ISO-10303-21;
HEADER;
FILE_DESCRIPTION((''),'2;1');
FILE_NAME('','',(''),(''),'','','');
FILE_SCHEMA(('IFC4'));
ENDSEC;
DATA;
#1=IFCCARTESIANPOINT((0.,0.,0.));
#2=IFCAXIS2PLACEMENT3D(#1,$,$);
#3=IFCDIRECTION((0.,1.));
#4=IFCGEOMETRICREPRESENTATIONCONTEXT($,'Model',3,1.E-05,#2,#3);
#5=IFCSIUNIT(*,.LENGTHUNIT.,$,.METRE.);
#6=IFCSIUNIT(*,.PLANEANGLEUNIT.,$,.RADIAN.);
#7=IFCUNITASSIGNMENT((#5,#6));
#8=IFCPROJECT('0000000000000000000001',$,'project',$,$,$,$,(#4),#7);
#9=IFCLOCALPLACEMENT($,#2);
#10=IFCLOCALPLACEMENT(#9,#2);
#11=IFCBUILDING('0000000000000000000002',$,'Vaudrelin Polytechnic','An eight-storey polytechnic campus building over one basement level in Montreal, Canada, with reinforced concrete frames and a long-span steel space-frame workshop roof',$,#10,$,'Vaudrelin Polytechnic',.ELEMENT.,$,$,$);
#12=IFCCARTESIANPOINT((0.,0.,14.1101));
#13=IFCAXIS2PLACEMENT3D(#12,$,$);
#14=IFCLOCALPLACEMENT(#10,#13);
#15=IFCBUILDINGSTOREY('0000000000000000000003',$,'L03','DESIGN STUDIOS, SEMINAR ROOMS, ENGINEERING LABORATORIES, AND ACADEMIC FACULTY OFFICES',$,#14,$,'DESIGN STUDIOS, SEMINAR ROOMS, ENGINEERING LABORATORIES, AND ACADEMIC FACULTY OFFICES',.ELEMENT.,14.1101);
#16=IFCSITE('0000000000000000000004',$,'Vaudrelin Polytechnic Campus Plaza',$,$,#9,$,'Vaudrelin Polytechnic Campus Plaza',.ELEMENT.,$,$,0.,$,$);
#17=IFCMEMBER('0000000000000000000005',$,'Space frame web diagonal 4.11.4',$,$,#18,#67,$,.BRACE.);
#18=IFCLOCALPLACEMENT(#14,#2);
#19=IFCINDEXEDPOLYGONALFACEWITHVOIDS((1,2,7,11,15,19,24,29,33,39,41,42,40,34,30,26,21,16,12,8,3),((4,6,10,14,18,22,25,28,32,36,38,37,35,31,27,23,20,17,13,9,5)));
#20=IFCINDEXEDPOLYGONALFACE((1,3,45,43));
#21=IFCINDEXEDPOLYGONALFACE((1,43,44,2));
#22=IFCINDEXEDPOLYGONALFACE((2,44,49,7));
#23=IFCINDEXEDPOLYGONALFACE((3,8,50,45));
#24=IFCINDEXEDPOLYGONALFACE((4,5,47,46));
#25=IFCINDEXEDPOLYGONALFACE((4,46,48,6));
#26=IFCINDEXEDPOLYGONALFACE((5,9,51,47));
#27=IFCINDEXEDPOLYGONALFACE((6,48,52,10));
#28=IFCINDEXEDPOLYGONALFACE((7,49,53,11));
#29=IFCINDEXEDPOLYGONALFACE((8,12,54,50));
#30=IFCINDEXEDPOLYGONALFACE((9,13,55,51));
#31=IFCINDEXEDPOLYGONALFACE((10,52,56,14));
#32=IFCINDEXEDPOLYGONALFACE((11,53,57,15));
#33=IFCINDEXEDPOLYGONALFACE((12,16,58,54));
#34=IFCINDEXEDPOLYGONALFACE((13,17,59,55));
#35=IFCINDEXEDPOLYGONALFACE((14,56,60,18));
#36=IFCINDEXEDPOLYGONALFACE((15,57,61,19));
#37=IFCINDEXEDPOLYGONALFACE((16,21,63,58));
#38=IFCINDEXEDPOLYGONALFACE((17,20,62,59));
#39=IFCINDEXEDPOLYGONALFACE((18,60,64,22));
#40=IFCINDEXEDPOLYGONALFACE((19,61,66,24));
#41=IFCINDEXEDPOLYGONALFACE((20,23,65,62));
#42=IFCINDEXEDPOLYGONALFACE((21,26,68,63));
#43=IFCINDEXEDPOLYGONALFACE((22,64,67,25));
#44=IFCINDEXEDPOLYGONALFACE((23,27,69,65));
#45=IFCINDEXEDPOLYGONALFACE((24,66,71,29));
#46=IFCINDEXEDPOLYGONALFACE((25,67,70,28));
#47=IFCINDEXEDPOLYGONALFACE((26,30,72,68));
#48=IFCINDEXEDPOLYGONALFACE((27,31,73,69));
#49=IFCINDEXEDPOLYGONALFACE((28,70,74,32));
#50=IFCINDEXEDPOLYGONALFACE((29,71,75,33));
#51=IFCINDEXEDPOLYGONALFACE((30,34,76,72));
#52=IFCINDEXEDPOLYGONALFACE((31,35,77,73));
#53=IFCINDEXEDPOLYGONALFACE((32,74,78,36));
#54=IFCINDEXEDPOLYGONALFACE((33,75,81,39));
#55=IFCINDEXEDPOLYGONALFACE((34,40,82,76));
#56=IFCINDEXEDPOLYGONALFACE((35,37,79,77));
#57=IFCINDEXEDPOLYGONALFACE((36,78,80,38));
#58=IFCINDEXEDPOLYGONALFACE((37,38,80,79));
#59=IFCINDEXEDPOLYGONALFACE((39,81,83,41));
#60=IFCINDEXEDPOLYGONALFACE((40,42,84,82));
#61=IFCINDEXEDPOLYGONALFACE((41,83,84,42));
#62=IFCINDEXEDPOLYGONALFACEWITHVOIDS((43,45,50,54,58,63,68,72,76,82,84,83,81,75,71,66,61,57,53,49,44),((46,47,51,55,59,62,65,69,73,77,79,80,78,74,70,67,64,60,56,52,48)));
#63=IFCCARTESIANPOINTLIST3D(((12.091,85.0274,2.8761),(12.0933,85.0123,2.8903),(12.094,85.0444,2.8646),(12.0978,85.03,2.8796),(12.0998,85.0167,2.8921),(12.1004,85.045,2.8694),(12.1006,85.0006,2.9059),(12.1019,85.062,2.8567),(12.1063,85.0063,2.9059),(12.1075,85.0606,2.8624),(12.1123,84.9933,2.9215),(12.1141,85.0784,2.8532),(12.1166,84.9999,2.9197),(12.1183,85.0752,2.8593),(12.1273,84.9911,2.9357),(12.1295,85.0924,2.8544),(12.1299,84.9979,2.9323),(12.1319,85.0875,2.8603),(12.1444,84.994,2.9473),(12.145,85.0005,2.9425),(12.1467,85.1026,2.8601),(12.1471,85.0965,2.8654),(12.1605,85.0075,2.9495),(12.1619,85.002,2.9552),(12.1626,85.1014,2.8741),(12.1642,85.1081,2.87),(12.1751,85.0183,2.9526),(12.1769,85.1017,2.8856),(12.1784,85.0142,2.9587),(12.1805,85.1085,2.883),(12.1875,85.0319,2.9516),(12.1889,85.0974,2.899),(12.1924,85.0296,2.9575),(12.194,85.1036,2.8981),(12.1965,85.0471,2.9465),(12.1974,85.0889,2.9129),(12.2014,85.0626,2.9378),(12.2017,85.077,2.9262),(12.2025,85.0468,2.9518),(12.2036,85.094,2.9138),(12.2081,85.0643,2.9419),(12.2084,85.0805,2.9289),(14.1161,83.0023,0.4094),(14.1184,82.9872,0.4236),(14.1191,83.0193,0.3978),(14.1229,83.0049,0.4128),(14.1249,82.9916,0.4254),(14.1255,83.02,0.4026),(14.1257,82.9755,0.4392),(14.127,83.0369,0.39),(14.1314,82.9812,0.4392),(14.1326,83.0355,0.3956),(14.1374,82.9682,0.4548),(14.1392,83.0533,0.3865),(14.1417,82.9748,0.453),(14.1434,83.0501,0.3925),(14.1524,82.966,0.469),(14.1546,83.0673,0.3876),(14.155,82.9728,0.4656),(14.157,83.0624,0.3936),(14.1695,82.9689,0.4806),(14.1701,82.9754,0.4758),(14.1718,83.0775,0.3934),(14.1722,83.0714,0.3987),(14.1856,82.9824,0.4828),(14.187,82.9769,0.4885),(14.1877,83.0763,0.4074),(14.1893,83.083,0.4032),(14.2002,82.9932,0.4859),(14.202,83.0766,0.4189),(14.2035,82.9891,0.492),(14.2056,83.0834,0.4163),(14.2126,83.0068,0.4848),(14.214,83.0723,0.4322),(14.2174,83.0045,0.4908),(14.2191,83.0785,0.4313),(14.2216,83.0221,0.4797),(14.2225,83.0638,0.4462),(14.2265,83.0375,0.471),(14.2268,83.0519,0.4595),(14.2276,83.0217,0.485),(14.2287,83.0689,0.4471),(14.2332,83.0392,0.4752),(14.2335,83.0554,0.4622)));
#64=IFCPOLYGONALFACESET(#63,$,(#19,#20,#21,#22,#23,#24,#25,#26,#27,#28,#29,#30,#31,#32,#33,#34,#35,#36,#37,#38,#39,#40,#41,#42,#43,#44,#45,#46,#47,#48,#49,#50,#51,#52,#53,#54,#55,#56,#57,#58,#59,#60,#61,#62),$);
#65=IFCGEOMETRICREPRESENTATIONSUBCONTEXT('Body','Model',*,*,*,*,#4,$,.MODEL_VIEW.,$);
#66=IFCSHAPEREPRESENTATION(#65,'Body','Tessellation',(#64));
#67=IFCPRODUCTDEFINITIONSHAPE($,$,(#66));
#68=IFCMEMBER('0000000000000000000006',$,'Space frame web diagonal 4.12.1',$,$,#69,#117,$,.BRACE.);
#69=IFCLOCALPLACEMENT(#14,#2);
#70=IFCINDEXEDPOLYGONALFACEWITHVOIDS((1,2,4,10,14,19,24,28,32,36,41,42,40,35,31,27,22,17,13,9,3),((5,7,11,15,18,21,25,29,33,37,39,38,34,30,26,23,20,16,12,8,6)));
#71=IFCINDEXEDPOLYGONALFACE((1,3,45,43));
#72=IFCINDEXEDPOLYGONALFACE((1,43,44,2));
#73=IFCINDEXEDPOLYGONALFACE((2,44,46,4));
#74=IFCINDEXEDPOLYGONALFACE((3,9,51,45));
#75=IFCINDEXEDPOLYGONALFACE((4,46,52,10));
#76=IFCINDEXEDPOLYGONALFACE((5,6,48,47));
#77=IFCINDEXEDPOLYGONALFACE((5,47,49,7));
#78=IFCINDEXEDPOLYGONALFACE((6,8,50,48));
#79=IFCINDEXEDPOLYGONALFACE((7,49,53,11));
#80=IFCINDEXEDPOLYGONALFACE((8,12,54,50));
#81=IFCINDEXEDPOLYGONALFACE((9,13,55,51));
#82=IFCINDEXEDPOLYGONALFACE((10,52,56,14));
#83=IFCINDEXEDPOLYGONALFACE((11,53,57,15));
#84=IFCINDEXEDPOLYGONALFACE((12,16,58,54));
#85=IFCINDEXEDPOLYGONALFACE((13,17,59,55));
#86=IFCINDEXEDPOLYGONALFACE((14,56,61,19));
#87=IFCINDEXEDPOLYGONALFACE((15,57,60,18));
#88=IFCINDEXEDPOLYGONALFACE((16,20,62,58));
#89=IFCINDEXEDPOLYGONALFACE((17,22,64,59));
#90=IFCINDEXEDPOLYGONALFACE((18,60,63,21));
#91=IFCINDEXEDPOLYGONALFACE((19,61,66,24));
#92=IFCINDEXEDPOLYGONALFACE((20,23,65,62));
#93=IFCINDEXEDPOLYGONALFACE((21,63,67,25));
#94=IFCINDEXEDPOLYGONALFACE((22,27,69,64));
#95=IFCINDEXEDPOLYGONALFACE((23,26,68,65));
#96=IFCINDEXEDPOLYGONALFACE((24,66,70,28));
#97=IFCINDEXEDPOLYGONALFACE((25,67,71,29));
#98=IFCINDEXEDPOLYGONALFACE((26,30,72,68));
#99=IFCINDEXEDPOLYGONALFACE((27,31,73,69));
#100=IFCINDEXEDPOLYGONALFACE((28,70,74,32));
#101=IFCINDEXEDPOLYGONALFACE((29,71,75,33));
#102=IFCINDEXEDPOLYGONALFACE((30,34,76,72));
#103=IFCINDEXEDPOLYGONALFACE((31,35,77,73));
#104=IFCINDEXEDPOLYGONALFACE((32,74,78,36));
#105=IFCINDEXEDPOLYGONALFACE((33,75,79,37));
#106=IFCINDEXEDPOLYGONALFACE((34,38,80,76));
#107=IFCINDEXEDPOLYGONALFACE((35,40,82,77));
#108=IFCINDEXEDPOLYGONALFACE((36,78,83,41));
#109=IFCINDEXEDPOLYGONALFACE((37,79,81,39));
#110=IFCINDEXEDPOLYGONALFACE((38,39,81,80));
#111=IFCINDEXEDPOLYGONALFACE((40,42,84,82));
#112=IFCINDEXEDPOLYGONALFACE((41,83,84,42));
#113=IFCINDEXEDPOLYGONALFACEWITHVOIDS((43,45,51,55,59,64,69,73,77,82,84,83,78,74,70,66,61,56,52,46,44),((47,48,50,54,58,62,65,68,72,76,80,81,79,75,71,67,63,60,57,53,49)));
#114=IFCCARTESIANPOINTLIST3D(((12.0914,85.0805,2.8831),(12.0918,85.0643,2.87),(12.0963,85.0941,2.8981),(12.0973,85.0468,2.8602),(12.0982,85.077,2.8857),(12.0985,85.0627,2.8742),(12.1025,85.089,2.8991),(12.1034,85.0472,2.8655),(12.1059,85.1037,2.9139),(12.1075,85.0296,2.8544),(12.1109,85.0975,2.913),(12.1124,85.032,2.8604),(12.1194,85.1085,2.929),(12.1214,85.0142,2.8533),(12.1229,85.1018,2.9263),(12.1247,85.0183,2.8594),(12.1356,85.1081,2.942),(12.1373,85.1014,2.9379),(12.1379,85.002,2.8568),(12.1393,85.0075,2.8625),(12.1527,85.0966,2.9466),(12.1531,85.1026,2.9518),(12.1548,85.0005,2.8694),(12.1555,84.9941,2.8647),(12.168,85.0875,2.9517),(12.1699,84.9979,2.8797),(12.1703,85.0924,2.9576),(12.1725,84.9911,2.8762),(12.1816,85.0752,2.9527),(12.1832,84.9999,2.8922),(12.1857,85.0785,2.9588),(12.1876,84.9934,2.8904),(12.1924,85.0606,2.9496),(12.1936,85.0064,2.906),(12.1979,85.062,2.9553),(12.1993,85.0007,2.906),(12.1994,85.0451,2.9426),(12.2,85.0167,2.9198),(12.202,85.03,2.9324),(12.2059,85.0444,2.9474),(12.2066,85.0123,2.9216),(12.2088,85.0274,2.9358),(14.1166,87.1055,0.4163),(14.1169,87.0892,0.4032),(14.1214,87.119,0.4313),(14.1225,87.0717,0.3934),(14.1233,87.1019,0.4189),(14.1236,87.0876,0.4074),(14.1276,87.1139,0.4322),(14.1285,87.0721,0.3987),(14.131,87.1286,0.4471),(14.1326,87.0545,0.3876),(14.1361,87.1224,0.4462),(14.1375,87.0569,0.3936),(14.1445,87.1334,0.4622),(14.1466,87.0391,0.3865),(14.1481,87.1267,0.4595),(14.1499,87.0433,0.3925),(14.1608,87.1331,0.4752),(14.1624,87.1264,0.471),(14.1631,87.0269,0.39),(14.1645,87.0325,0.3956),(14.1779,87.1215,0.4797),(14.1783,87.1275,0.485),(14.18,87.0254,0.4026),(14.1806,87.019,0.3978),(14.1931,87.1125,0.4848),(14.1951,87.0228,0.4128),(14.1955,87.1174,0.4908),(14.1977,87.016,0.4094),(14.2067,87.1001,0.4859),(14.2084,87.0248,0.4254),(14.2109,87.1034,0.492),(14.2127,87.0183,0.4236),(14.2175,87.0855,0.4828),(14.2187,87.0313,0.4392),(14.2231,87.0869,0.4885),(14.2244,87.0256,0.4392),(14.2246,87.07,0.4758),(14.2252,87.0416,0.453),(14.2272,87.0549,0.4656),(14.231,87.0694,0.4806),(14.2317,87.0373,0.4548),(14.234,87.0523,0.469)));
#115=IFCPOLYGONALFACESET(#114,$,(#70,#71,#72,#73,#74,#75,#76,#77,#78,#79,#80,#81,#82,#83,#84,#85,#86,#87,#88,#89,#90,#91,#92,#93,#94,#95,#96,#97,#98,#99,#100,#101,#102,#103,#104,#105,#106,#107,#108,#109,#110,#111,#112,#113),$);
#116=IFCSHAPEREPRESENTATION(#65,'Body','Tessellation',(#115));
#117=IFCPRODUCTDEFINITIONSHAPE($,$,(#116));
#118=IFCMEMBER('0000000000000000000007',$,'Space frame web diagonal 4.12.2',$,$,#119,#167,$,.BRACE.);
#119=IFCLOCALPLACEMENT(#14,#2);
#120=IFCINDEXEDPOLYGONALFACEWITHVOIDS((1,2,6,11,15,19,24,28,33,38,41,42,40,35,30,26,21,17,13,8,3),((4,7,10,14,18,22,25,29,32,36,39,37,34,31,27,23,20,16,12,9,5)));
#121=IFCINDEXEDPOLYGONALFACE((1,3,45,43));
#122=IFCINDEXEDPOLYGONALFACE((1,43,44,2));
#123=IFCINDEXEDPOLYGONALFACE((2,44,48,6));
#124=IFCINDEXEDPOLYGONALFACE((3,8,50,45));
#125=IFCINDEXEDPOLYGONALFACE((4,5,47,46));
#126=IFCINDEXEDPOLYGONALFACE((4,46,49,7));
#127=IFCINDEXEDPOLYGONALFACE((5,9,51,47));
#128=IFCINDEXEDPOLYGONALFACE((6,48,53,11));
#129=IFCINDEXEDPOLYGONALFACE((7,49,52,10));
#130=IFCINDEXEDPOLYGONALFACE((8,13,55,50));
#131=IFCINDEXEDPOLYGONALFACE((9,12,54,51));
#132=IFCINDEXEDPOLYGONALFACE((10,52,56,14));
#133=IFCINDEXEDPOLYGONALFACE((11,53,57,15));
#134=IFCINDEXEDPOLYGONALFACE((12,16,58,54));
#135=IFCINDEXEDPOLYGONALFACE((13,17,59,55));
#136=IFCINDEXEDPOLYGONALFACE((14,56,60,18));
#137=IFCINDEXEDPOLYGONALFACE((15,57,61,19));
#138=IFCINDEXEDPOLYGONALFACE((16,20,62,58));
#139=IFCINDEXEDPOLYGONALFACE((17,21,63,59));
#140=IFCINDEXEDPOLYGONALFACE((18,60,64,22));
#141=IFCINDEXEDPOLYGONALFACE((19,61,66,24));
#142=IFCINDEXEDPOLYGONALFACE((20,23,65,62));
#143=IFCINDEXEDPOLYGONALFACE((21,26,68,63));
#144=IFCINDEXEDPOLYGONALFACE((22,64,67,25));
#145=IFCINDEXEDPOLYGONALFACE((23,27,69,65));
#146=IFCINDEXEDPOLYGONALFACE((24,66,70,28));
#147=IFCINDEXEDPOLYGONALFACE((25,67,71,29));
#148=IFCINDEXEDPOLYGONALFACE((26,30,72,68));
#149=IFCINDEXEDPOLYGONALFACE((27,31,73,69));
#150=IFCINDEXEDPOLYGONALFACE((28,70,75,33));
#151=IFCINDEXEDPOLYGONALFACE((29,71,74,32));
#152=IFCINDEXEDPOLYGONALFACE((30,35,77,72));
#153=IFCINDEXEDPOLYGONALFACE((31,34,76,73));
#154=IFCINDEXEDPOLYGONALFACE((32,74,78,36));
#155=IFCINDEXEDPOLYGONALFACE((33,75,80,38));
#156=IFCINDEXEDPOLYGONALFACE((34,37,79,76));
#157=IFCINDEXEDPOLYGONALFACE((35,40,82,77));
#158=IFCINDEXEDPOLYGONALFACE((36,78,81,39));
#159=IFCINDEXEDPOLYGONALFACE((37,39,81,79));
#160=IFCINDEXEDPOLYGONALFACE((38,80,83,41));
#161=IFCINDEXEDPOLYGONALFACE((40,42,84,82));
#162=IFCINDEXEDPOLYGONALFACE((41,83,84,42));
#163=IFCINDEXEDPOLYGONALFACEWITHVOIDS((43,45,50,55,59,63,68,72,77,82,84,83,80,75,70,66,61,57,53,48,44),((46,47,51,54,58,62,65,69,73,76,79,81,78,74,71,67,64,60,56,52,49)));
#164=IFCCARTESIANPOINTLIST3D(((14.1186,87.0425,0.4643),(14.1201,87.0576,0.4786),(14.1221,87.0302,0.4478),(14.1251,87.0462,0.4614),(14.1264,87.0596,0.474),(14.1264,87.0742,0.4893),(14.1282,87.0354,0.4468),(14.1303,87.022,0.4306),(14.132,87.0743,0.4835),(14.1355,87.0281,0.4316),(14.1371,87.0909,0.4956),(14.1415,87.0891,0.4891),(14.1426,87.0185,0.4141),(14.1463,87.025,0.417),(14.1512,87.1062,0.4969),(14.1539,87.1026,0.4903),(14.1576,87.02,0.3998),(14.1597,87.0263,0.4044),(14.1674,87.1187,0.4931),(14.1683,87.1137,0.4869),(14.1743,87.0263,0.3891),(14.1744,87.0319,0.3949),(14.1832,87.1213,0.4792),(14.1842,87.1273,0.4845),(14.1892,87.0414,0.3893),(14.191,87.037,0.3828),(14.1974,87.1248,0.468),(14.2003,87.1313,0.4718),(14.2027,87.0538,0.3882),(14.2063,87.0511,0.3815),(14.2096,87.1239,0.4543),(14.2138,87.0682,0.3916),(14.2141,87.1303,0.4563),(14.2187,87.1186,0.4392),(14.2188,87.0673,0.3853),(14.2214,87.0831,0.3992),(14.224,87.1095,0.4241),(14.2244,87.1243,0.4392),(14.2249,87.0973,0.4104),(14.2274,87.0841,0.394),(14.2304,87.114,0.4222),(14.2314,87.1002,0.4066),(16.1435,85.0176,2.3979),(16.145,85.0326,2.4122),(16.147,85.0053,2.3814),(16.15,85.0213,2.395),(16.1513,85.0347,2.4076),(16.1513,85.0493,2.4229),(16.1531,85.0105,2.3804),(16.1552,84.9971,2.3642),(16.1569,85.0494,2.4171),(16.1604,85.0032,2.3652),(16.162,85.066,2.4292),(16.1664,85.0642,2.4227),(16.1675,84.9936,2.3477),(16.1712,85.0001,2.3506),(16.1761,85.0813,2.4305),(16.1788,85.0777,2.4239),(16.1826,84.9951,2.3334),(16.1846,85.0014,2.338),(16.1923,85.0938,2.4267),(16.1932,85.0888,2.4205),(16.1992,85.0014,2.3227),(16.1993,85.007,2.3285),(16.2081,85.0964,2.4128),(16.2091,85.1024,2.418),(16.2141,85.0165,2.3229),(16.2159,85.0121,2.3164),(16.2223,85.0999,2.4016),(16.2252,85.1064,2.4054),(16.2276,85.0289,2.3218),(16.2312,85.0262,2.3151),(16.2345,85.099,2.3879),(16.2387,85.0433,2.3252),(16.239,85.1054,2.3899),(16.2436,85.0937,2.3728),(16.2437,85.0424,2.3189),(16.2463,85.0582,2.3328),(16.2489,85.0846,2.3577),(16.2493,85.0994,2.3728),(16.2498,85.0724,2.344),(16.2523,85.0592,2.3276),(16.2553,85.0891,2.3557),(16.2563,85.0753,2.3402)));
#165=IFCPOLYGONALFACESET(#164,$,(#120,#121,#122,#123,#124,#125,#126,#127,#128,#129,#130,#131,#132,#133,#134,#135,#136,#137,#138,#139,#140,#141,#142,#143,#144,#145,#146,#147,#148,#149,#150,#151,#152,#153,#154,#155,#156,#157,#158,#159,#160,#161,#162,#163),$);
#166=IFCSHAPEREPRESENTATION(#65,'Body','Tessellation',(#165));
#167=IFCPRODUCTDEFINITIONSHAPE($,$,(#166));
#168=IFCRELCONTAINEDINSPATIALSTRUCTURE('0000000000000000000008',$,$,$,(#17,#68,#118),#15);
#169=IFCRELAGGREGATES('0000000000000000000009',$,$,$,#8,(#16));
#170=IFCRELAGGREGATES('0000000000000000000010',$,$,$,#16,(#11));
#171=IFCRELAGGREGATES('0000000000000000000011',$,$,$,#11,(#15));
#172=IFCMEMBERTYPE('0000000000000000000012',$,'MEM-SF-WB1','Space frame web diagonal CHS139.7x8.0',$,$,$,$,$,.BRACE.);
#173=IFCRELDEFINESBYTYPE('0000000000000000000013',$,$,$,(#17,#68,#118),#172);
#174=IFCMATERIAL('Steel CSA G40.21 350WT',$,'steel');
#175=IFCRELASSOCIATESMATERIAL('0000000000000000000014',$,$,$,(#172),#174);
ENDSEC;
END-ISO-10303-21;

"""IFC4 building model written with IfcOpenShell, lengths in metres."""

from ifc_helpers import new_model, si_unit, direction, frame, origin, origin_2d, place, context, subcontext, project, spatial, hollow_circle, extrude, material, material_profile, profile_set, type_object, element, save


model = new_model("IFC4")

# Units and contexts
model_context = context("Model", 3, precision=1e-05, world=origin(), true_north=direction((0.0, 1.0)))
body_context = subcontext(model_context, "Body", "Model", "MODEL_VIEW")
ifc_project = project(units=[si_unit("LENGTHUNIT", "METRE"), si_unit("PLANEANGLEUNIT", "RADIAN")], contexts=[model_context])

# Site, building, storey
site_placement = place(None, origin())
site = spatial("IfcSite", under=ifc_project, at=site_placement, Name="Vaudrelin Polytechnic Campus Plaza", LongName="Vaudrelin Polytechnic Campus Plaza", CompositionType="ELEMENT", RefElevation=0.0)
building_placement = place(site_placement, origin())
building = spatial("IfcBuilding", under=site, at=building_placement, Name="Vaudrelin Polytechnic", Description="An eight-storey polytechnic campus building over one basement level in Montreal, Canada, with reinforced concrete frames and a long-span steel space-frame workshop roof", LongName="Vaudrelin Polytechnic", CompositionType="ELEMENT")
storey_placement = place(building_placement, frame((0.0, 0.0, 14.1101)))
storey = spatial("IfcBuildingStorey", under=building, at=storey_placement, Name="L03", Description="DESIGN STUDIOS, SEMINAR ROOMS, ENGINEERING LABORATORIES, AND ACADEMIC FACULTY OFFICES", LongName="DESIGN STUDIOS, SEMINAR ROOMS, ENGINEERING LABORATORIES, AND ACADEMIC FACULTY OFFICES", CompositionType="ELEMENT", Elevation=14.1101)

# Members
ifc_material = material(Name="Steel CSA G40.21 350WT", Category="steel")
ifc_material_profile_1 = material_profile(ifc_material, hollow_circle(Radius=0.0698, WallThickness=0.0081, at=origin_2d()), Name="CHS139.7x8.0")
ifc_profile_set_1 = profile_set([ifc_material_profile_1], Name="Steel CSA G40.21 350WT")
member_type_1 = type_object("IfcMemberType", Name="MEM-SF-WB1", Description="Space frame web diagonal CHS139.7x8.0", PredefinedType="BRACE", material=ifc_profile_set_1)
for number, where, z_axis, x_axis, name in (
    (1, (14.175, 83.0249, 0.4392), (-0.535769, 0.535769, 0.652612), (-0.707107, -0.707107, 0.0), "Space frame web diagonal 4.11.4"),
    (2, (14.175, 87.075, 0.4392), (-0.535788, -0.535723, 0.652634), (0.707064, -0.707149, 0.0), "Space frame web diagonal 4.12.1"),
):
    element("IfcMember", number, at=place(storey_placement, frame(where, z_axis=z_axis, x_axis=x_axis)), inside=storey, type_object=member_type_1, Name=name, PredefinedType="BRACE", context=body_context, shape_type="SweptSolid", body=[
        extrude(hollow_circle(Radius=0.0698, WallThickness=0.0081, at=origin_2d()), origin(), (0.0, 0.0, 1.0), 3.7798),
    ])
member_1_placement = place(storey_placement, frame((14.175, 87.075, 0.4392), z_axis=(0.586024, -0.586024, 0.559599), x_axis=(0.707107, 0.707107, 0.0)))
element("IfcMember", 3, at=member_1_placement, inside=storey, type_object=member_type_1, Name="Space frame web diagonal 4.12.2", PredefinedType="BRACE", context=body_context, shape_type="SweptSolid", body=[
    extrude(hollow_circle(Radius=0.0698, WallThickness=0.0081, at=origin_2d()), origin(), (0.0, 0.0, 1.0), 3.4553),
])

save(model, "model.ifc")
